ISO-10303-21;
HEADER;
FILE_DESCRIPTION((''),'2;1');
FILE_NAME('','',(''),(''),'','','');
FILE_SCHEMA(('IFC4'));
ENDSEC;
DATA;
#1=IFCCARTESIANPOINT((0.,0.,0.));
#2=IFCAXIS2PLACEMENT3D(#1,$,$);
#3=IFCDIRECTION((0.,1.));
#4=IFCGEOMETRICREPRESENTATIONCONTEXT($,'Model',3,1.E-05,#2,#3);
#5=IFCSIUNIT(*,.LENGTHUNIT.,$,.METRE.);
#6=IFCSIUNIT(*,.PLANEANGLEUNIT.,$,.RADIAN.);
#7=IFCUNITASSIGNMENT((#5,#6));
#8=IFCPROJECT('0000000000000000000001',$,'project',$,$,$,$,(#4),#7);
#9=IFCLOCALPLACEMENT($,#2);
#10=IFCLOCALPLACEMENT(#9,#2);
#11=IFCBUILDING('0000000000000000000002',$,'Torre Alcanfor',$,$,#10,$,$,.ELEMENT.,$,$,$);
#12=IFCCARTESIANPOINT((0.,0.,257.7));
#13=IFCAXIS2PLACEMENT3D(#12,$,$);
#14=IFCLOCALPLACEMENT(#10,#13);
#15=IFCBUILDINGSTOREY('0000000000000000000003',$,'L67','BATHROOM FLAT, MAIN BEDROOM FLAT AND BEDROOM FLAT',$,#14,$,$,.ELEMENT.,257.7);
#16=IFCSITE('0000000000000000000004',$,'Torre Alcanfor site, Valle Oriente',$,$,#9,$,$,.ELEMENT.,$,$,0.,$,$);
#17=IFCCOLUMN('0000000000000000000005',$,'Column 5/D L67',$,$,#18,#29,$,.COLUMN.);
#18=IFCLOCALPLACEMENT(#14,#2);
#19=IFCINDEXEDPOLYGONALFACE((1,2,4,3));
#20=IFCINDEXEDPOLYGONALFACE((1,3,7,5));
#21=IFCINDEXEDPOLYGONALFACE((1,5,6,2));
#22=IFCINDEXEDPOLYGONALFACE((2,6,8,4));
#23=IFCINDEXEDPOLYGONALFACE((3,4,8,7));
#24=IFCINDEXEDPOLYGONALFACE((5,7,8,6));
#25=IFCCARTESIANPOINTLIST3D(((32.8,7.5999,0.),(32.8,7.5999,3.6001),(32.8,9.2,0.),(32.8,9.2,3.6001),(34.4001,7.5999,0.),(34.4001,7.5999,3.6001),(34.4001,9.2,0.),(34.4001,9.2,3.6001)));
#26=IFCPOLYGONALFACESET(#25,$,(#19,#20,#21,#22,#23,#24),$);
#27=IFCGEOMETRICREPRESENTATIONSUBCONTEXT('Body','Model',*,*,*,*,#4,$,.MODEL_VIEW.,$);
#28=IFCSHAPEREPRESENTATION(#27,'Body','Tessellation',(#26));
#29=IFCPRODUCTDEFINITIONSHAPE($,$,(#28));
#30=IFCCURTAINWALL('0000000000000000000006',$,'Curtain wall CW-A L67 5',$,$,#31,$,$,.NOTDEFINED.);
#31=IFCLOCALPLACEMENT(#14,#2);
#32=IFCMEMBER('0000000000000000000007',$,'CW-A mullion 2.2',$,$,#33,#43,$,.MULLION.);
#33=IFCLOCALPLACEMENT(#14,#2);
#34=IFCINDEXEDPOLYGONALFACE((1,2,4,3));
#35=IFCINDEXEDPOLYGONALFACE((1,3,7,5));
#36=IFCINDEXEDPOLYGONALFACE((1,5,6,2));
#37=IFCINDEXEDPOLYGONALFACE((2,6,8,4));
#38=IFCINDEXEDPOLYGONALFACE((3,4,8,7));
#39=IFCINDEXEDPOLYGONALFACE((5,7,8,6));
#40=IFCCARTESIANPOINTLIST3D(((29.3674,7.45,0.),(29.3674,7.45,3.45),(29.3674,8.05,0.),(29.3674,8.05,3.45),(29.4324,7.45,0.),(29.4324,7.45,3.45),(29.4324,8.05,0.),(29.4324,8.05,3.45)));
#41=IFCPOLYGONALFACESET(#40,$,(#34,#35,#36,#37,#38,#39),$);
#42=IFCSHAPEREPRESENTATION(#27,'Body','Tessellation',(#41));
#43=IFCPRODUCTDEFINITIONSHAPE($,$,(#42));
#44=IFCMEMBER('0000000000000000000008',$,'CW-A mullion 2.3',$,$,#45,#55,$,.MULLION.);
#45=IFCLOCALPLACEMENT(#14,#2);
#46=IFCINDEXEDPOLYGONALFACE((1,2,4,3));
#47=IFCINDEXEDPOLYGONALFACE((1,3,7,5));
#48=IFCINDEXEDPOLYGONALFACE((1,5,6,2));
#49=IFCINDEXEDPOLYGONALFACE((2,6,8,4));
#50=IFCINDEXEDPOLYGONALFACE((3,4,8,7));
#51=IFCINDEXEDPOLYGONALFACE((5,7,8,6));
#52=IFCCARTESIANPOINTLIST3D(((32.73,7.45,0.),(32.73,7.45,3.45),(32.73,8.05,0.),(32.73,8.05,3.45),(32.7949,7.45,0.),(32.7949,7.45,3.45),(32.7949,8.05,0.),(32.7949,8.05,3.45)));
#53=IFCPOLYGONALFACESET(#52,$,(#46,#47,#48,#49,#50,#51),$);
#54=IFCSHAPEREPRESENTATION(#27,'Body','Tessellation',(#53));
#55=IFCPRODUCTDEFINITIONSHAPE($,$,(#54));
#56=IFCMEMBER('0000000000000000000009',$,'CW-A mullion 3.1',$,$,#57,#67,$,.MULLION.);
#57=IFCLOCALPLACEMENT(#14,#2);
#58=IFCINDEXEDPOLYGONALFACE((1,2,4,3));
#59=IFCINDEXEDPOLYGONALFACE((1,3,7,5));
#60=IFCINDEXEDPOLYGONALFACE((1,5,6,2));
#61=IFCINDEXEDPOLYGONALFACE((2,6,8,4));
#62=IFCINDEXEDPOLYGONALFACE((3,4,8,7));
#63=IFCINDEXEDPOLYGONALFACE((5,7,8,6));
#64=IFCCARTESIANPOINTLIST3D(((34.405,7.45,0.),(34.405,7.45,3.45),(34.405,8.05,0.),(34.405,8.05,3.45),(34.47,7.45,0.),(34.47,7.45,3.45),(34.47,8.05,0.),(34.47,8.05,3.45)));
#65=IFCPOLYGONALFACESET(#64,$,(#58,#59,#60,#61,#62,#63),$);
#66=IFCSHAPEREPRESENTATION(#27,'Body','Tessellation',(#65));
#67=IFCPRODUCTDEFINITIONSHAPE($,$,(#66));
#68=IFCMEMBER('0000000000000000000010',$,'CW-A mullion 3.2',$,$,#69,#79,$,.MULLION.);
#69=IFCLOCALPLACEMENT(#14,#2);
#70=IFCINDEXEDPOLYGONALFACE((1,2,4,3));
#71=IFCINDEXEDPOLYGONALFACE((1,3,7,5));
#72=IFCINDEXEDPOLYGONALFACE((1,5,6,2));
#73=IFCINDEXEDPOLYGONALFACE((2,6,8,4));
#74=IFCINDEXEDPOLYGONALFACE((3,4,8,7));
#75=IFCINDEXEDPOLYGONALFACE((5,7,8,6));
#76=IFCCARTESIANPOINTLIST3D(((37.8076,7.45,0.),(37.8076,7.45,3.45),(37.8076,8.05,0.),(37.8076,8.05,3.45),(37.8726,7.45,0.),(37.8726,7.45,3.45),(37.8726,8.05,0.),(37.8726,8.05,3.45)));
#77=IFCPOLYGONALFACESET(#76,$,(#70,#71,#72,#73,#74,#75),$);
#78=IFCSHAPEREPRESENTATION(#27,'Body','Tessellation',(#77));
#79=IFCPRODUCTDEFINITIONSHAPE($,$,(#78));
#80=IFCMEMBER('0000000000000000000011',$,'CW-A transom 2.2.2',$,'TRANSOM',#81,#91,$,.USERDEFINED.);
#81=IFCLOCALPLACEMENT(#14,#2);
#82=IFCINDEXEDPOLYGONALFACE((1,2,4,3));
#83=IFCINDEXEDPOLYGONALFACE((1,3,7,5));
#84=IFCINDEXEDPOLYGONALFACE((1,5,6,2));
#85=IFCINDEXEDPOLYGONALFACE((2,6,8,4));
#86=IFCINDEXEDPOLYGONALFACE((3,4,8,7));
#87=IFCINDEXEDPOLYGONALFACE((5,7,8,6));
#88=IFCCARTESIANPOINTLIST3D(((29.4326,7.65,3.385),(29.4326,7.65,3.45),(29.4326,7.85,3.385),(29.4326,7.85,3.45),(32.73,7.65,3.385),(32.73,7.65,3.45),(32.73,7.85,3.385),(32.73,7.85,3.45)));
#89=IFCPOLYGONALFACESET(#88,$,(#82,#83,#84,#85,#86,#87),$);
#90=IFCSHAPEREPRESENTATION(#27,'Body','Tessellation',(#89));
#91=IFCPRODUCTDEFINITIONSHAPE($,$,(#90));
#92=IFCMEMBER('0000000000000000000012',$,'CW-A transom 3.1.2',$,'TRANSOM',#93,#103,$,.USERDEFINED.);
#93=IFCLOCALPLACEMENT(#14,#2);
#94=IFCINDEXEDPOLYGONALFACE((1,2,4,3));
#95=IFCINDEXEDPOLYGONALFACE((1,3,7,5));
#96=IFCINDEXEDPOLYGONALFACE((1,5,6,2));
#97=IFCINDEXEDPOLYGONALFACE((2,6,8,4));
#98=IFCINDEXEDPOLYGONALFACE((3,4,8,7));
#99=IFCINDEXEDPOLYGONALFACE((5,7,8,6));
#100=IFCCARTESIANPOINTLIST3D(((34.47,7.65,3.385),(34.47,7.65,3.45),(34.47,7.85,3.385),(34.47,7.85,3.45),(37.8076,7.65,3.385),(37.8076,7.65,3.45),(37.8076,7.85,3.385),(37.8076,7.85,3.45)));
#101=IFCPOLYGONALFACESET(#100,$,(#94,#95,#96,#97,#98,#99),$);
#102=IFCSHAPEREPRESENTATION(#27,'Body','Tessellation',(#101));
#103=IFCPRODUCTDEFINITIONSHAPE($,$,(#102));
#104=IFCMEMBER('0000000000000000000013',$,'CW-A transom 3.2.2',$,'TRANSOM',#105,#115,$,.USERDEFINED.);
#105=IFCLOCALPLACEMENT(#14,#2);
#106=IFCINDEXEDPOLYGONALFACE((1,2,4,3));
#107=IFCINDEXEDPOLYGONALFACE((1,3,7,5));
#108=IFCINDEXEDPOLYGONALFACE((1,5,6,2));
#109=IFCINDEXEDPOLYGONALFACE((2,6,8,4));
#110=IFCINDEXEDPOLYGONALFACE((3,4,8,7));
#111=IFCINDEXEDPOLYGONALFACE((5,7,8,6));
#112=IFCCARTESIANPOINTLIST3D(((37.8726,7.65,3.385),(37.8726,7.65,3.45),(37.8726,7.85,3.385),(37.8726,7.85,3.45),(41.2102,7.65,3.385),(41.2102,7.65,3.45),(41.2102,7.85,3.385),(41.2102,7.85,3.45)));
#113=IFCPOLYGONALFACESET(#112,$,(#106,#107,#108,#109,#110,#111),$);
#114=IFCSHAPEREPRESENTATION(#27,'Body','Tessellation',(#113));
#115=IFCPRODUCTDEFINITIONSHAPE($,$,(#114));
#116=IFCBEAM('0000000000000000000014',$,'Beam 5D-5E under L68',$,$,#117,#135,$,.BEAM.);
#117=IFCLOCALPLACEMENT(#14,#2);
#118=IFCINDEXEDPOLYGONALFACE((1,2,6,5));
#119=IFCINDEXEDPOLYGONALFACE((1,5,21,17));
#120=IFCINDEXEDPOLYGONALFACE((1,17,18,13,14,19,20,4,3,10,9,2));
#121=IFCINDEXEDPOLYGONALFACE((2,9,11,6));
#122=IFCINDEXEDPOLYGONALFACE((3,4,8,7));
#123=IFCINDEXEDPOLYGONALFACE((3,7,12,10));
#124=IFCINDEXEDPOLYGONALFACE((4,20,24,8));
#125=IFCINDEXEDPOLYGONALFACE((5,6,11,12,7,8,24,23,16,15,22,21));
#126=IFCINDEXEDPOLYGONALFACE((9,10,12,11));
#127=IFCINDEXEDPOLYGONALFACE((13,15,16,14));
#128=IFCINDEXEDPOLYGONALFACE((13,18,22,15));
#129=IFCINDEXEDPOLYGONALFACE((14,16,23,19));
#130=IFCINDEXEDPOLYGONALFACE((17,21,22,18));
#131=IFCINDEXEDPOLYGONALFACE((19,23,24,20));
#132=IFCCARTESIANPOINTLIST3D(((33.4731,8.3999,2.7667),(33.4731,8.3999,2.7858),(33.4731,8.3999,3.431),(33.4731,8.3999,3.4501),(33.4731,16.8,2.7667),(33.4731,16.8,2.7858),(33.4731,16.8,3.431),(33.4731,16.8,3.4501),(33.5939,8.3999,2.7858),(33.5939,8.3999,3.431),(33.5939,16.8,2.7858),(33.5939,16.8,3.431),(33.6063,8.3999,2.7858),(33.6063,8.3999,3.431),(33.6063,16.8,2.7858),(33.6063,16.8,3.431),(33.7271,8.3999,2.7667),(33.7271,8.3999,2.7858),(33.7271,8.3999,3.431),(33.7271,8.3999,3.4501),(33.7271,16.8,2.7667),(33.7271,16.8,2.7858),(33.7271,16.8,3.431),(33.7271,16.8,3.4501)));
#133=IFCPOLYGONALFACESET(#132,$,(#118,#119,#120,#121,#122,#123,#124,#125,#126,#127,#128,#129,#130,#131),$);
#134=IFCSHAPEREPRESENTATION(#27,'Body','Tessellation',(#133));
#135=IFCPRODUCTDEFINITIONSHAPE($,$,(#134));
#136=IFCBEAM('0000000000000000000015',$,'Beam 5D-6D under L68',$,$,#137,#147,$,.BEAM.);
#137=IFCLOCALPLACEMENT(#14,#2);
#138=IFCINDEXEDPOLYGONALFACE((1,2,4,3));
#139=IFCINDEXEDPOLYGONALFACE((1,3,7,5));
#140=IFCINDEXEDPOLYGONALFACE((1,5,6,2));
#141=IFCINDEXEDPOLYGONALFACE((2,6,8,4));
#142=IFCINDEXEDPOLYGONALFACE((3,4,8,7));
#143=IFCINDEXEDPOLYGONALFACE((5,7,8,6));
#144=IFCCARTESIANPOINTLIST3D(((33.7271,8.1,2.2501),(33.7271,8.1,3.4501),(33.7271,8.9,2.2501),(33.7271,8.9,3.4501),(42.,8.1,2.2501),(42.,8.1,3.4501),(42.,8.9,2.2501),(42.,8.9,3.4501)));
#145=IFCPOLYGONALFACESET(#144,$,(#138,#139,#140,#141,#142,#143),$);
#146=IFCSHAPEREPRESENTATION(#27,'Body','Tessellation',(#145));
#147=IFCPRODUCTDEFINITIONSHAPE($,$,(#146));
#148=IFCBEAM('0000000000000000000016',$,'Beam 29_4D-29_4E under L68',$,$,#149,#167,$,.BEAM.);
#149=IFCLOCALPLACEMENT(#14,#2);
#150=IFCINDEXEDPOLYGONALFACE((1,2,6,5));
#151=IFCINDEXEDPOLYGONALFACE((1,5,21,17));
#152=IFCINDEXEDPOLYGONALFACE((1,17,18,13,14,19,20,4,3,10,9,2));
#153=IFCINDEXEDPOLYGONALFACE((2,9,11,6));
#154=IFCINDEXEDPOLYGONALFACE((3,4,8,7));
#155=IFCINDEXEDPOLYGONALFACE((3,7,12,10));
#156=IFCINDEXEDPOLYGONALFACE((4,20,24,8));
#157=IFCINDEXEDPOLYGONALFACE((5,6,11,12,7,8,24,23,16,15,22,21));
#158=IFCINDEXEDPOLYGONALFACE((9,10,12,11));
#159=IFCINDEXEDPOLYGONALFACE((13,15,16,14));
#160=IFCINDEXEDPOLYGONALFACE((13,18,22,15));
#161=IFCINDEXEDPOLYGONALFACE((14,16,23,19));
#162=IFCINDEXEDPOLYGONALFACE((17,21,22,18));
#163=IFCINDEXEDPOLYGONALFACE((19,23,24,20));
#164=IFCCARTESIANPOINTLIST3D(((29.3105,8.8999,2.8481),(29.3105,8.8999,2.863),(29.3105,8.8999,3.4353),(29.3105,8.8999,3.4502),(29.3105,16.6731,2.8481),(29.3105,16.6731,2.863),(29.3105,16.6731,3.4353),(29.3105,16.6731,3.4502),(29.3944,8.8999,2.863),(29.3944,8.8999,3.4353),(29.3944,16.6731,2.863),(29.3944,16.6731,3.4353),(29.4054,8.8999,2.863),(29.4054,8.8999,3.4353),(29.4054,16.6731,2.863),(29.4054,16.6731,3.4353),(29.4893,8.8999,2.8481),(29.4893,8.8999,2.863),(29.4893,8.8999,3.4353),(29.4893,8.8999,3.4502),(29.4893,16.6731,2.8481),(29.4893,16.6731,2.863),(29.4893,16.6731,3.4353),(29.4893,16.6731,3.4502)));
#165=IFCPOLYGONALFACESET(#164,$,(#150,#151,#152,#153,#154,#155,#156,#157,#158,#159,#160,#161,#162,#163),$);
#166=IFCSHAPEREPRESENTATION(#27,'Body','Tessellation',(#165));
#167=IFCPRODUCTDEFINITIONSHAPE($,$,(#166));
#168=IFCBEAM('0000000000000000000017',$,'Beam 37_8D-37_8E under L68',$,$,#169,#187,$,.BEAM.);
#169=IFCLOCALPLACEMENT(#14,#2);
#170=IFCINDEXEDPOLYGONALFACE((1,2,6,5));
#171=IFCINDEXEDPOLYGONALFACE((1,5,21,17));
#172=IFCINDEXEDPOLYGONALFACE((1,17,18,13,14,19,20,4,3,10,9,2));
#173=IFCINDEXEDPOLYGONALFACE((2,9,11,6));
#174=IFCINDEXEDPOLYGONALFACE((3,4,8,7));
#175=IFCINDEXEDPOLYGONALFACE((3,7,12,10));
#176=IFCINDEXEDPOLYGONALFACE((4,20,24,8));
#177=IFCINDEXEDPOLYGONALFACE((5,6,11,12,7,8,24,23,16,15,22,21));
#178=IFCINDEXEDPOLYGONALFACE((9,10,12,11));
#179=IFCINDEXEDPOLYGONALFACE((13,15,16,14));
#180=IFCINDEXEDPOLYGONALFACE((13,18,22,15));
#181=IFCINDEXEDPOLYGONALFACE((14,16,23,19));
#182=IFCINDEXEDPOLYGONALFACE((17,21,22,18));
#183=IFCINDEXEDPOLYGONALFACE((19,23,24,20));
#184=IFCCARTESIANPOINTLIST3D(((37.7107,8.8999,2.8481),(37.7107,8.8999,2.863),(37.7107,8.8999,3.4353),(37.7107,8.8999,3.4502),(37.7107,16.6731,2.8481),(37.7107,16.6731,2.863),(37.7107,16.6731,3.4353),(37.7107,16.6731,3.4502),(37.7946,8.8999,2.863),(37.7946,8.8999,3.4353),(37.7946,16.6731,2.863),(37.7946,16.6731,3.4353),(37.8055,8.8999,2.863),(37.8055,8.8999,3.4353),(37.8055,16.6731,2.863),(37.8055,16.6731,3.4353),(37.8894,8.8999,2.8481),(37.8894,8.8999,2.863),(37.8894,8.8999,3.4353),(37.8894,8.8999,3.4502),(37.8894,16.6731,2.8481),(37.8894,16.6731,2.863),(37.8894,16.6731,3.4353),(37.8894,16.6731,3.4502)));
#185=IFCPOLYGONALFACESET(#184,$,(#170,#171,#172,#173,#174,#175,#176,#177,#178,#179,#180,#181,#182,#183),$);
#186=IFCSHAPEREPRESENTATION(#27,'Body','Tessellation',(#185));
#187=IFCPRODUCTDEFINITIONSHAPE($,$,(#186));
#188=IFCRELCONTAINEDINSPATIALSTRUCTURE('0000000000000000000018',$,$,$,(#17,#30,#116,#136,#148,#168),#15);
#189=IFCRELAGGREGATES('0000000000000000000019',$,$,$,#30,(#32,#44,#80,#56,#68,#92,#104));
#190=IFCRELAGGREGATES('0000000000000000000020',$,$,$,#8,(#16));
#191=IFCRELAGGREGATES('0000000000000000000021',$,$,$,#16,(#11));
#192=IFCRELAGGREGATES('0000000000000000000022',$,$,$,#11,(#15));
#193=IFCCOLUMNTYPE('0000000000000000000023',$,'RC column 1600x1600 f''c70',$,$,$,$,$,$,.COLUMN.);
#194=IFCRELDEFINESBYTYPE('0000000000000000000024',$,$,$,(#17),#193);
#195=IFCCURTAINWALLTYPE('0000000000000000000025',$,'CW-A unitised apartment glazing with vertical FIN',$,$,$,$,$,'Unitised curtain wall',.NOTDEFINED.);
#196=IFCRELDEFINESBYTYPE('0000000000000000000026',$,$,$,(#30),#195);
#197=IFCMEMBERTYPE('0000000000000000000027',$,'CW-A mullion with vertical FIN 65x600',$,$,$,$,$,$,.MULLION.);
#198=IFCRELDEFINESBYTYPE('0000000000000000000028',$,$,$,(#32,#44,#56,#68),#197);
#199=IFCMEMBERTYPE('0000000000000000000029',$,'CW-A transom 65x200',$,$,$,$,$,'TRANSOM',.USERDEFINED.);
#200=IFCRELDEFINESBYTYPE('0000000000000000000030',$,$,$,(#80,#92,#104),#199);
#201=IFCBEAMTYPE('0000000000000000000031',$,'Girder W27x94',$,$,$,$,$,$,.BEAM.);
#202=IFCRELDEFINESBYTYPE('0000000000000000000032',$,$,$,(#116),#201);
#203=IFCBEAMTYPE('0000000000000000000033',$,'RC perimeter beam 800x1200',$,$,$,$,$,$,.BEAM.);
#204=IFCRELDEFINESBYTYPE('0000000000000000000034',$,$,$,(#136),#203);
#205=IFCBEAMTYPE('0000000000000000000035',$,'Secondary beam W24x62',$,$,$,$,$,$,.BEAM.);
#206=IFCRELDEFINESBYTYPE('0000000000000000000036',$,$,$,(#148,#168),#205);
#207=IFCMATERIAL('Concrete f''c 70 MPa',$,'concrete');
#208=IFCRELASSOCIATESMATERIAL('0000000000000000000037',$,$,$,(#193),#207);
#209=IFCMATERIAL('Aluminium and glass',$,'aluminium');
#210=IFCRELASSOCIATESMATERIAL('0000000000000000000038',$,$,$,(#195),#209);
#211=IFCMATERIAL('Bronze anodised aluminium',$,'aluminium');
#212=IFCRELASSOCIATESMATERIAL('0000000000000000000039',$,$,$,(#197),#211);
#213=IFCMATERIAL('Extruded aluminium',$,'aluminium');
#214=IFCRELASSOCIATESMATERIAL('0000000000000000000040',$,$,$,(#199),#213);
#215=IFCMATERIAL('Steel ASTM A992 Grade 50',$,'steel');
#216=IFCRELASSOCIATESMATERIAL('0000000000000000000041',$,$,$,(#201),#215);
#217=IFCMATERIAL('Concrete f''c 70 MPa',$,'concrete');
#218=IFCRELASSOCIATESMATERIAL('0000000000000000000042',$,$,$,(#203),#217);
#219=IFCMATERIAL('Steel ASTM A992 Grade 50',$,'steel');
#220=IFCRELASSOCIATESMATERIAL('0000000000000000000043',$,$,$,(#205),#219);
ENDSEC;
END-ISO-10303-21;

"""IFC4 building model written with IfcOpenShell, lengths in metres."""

from ifc_helpers import new_model, si_unit, direction, frame, origin, origin_2d, place, context, subcontext, project, spatial, rectangle, i_section, extrude, material, material_profile, profile_set, type_object, element, aggregate, save


model = new_model("IFC4")

# Units and contexts
model_context = context("Model", 3, precision=1e-05, world=origin(), true_north=direction((0.0, 1.0)))
body_context = subcontext(model_context, "Body", "Model", "MODEL_VIEW")
ifc_project = project(units=[si_unit("LENGTHUNIT", "METRE"), si_unit("PLANEANGLEUNIT", "RADIAN")], contexts=[model_context])

# Site, building, storey
site_placement = place(None, origin())
site = spatial("IfcSite", under=ifc_project, at=site_placement, Name="Torre Alcanfor site, Valle Oriente", CompositionType="ELEMENT", RefElevation=0.0)
building_placement = place(site_placement, origin())
building = spatial("IfcBuilding", under=site, at=building_placement, Name="Torre Alcanfor", CompositionType="ELEMENT")
storey_placement = place(building_placement, frame((0.0, 0.0, 257.7)))
storey = spatial("IfcBuildingStorey", under=building, at=storey_placement, Name="L67", Description="BATHROOM FLAT, MAIN BEDROOM FLAT AND BEDROOM FLAT", CompositionType="ELEMENT", Elevation=257.7)

# Column
ifc_material_1 = material(Name="Concrete f'c 70 MPa", Category="concrete")
ifc_material_profile_1 = material_profile(ifc_material_1, rectangle(XDim=1.6001, YDim=1.6001, at=origin_2d()), Name="1600x1600")
ifc_profile_set_1 = profile_set([ifc_material_profile_1], Name="Concrete f'c 70 MPa")
column_type = type_object("IfcColumnType", Name="RC column 1600x1600 f'c70", PredefinedType="COLUMN", material=ifc_profile_set_1)
column_placement = place(storey_placement, frame((33.6001, 8.3999, 0.0), z_axis=(0.0, 0.0, 1.0), x_axis=(1.0, 0.0, 0.0)))
element("IfcColumn", 1, at=column_placement, inside=storey, type_object=column_type, Name="Column 5/D L67", PredefinedType="COLUMN", context=body_context, shape_type="SweptSolid", body=[
    extrude(rectangle(XDim=1.6001, YDim=1.6001, at=origin_2d()), origin(), (0.0, 0.0, 1.0), 3.6001),
])

# Curtain wall, members
ifc_material_2 = material(Name="Aluminium and glass", Category="aluminium")
curtain_wall_type = type_object("IfcCurtainWallType", Name="CW-A unitised apartment glazing with vertical FIN", ElementType="Unitised curtain wall", PredefinedType="NOTDEFINED", material=ifc_material_2)
curtain_wall_placement = place(storey_placement, origin())
curtain_wall = element("IfcCurtainWall", 2, at=curtain_wall_placement, inside=storey, type_object=curtain_wall_type, Name="Curtain wall CW-A L67 5", PredefinedType="NOTDEFINED")
ifc_material_3 = material(Name="Bronze anodised aluminium", Category="aluminium")
ifc_material_profile_2 = material_profile(ifc_material_3, rectangle(XDim=0.6001, YDim=0.0649, at=origin_2d()), Name="CW-A mullion 65x600")
ifc_profile_set_2 = profile_set([ifc_material_profile_2], Name="Bronze anodised aluminium")
member_type_1 = type_object("IfcMemberType", Name="CW-A mullion with vertical FIN 65x600", PredefinedType="MULLION", material=ifc_profile_set_2)
member_1_placement = place(storey_placement, frame((29.3999, 7.75, 0.0), z_axis=(0.0, 0.0, 1.0), x_axis=(0.0, 1.0, 0.0)))
member_1 = element("IfcMember", 3, at=member_1_placement, type_object=member_type_1, Name="CW-A mullion 2.2", PredefinedType="MULLION", context=body_context, shape_type="SweptSolid", body=[
    extrude(rectangle(XDim=0.6001, YDim=0.0649, at=origin_2d()), origin(), (0.0, 0.0, 1.0), 3.45),
])
member_2_placement = place(storey_placement, frame((32.7625, 7.75, 0.0), z_axis=(0.0, 0.0, 1.0), x_axis=(0.0, 1.0, 0.0)))
member_2 = element("IfcMember", 4, at=member_2_placement, type_object=member_type_1, Name="CW-A mullion 2.3", PredefinedType="MULLION", context=body_context, shape_type="SweptSolid", body=[
    extrude(rectangle(XDim=0.6001, YDim=0.0649, at=origin_2d()), origin(), (0.0, 0.0, 1.0), 3.45),
])
member_3_placement = place(storey_placement, frame((34.4375, 7.75, 0.0), z_axis=(0.0, 0.0, 1.0), x_axis=(0.0, 1.0, 0.0)))
member_3 = element("IfcMember", 5, at=member_3_placement, type_object=member_type_1, Name="CW-A mullion 3.1", PredefinedType="MULLION", context=body_context, shape_type="SweptSolid", body=[
    extrude(rectangle(XDim=0.6001, YDim=0.0649, at=origin_2d()), origin(), (0.0, 0.0, 1.0), 3.45),
])
member_4_placement = place(storey_placement, frame((37.8401, 7.75, 0.0), z_axis=(0.0, 0.0, 1.0), x_axis=(0.0, 1.0, 0.0)))
member_4 = element("IfcMember", 6, at=member_4_placement, type_object=member_type_1, Name="CW-A mullion 3.2", PredefinedType="MULLION", context=body_context, shape_type="SweptSolid", body=[
    extrude(rectangle(XDim=0.6001, YDim=0.0649, at=origin_2d()), origin(), (0.0, 0.0, 1.0), 3.45),
])
ifc_material_4 = material(Name="Extruded aluminium", Category="aluminium")
ifc_material_profile_3 = material_profile(ifc_material_4, rectangle(XDim=0.2, YDim=0.0649, at=origin_2d()), Name="CW-A transom 200x65")
ifc_profile_set_3 = profile_set([ifc_material_profile_3], Name="Extruded aluminium")
member_type_2 = type_object("IfcMemberType", Name="CW-A transom 65x200", ElementType="TRANSOM", PredefinedType="USERDEFINED", material=ifc_profile_set_3)
member_5_placement = place(storey_placement, frame((29.4326, 7.75, 3.4175), z_axis=(1.0, 0.0, 0.0), x_axis=(0.0, 1.0, 0.0)))
member_5 = element("IfcMember", 7, at=member_5_placement, type_object=member_type_2, Name="CW-A transom 2.2.2", ObjectType="TRANSOM", PredefinedType="USERDEFINED", context=body_context, shape_type="SweptSolid", body=[
    extrude(rectangle(XDim=0.2, YDim=0.0649, at=origin_2d()), origin(), (0.0, 0.0, 1.0), 3.2974),
])
member_6_placement = place(storey_placement, frame((34.47, 7.75, 3.4175), z_axis=(1.0, 0.0, 0.0), x_axis=(0.0, 1.0, 0.0)))
member_6 = element("IfcMember", 8, at=member_6_placement, type_object=member_type_2, Name="CW-A transom 3.1.2", ObjectType="TRANSOM", PredefinedType="USERDEFINED", context=body_context, shape_type="SweptSolid", body=[
    extrude(rectangle(XDim=0.2, YDim=0.0649, at=origin_2d()), origin(), (0.0, 0.0, 1.0), 3.3376),
])
member_7_placement = place(storey_placement, frame((37.8726, 7.75, 3.4175), z_axis=(1.0, 0.0, 0.0), x_axis=(0.0, 1.0, 0.0)))
member_7 = element("IfcMember", 9, at=member_7_placement, type_object=member_type_2, Name="CW-A transom 3.2.2", ObjectType="TRANSOM", PredefinedType="USERDEFINED", context=body_context, shape_type="SweptSolid", body=[
    extrude(rectangle(XDim=0.2, YDim=0.0649, at=origin_2d()), origin(), (0.0, 0.0, 1.0), 3.3376),
])

# Beams
ifc_material_5 = material(Name="Steel ASTM A992 Grade 50", Category="steel")
ifc_material_profile_4 = material_profile(ifc_material_5, i_section(OverallWidth=0.2539, OverallDepth=0.6833, WebThickness=0.0125, FlangeThickness=0.019, at=origin_2d()), Name="W27x94")
ifc_profile_set_4 = profile_set([ifc_material_profile_4], Name="Steel ASTM A992 Grade 50")
beam_type_1 = type_object("IfcBeamType", Name="Girder W27x94", PredefinedType="BEAM", material=ifc_profile_set_4)
beam_1_placement = place(storey_placement, frame((33.6001, 8.3999, 3.1084), z_axis=(0.0, 1.0, 0.0), x_axis=(-1.0, 0.0, 0.0)))
element("IfcBeam", 10, at=beam_1_placement, inside=storey, type_object=beam_type_1, Name="Beam 5D-5E under L68", PredefinedType="BEAM", context=body_context, shape_type="SweptSolid", body=[
    extrude(i_section(OverallWidth=0.2539, OverallDepth=0.6833, WebThickness=0.0125, FlangeThickness=0.019, at=origin_2d()), origin(), (0.0, 0.0, 1.0), 8.4001),
])
ifc_material_6 = material(Name="Concrete f'c 70 MPa", Category="concrete")
ifc_material_profile_5 = material_profile(ifc_material_6, rectangle(XDim=0.8, YDim=1.2, at=origin_2d()), Name="800x1200")
ifc_profile_set_5 = profile_set([ifc_material_profile_5], Name="Concrete f'c 70 MPa")
beam_type_2 = type_object("IfcBeamType", Name="RC perimeter beam 800x1200", PredefinedType="BEAM", material=ifc_profile_set_5)
beam_2_placement = place(storey_placement, frame((33.7271, 8.5, 2.8501), z_axis=(1.0, 0.0, 0.0), x_axis=(0.0, 1.0, 0.0)))
element("IfcBeam", 11, at=beam_2_placement, inside=storey, type_object=beam_type_2, Name="Beam 5D-6D under L68", PredefinedType="BEAM", context=body_context, shape_type="SweptSolid", body=[
    extrude(rectangle(XDim=0.8, YDim=1.2, at=origin_2d()), origin(), (0.0, 0.0, 1.0), 8.2729),
])
ifc_material_7 = material(Name="Steel ASTM A992 Grade 50", Category="steel")
ifc_material_profile_6 = material_profile(ifc_material_7, i_section(OverallWidth=0.1787, OverallDepth=0.6021, WebThickness=0.011, FlangeThickness=0.0149, at=origin_2d()), Name="W24x62")
ifc_profile_set_6 = profile_set([ifc_material_profile_6], Name="Steel ASTM A992 Grade 50")
beam_type_3 = type_object("IfcBeamType", Name="Secondary beam W24x62", PredefinedType="BEAM", material=ifc_profile_set_6)
for number, where, z_axis, x_axis, name in (
    (12, (29.3999, 8.8999, 3.1492), (0.0, 1.0, 0.0), (-1.0, 0.0, 0.0), "Beam 29_4D-29_4E under L68"),
    (13, (37.8, 8.8999, 3.1492), (0.0, 1.0, 0.0), (-1.0, 0.0, 0.0), "Beam 37_8D-37_8E under L68"),
):
    element("IfcBeam", number, at=place(storey_placement, frame(where, z_axis=z_axis, x_axis=x_axis)), inside=storey, type_object=beam_type_3, Name=name, PredefinedType="BEAM", context=body_context, shape_type="SweptSolid", body=[
        extrude(i_section(OverallWidth=0.1787, OverallDepth=0.6021, WebThickness=0.011, FlangeThickness=0.0149, at=origin_2d()), origin(), (0.0, 0.0, 1.0), 7.7732),
    ])

aggregate(curtain_wall, [member_1, member_2, member_5, member_3, member_4, member_6, member_7])

save(model, "model.ifc")
